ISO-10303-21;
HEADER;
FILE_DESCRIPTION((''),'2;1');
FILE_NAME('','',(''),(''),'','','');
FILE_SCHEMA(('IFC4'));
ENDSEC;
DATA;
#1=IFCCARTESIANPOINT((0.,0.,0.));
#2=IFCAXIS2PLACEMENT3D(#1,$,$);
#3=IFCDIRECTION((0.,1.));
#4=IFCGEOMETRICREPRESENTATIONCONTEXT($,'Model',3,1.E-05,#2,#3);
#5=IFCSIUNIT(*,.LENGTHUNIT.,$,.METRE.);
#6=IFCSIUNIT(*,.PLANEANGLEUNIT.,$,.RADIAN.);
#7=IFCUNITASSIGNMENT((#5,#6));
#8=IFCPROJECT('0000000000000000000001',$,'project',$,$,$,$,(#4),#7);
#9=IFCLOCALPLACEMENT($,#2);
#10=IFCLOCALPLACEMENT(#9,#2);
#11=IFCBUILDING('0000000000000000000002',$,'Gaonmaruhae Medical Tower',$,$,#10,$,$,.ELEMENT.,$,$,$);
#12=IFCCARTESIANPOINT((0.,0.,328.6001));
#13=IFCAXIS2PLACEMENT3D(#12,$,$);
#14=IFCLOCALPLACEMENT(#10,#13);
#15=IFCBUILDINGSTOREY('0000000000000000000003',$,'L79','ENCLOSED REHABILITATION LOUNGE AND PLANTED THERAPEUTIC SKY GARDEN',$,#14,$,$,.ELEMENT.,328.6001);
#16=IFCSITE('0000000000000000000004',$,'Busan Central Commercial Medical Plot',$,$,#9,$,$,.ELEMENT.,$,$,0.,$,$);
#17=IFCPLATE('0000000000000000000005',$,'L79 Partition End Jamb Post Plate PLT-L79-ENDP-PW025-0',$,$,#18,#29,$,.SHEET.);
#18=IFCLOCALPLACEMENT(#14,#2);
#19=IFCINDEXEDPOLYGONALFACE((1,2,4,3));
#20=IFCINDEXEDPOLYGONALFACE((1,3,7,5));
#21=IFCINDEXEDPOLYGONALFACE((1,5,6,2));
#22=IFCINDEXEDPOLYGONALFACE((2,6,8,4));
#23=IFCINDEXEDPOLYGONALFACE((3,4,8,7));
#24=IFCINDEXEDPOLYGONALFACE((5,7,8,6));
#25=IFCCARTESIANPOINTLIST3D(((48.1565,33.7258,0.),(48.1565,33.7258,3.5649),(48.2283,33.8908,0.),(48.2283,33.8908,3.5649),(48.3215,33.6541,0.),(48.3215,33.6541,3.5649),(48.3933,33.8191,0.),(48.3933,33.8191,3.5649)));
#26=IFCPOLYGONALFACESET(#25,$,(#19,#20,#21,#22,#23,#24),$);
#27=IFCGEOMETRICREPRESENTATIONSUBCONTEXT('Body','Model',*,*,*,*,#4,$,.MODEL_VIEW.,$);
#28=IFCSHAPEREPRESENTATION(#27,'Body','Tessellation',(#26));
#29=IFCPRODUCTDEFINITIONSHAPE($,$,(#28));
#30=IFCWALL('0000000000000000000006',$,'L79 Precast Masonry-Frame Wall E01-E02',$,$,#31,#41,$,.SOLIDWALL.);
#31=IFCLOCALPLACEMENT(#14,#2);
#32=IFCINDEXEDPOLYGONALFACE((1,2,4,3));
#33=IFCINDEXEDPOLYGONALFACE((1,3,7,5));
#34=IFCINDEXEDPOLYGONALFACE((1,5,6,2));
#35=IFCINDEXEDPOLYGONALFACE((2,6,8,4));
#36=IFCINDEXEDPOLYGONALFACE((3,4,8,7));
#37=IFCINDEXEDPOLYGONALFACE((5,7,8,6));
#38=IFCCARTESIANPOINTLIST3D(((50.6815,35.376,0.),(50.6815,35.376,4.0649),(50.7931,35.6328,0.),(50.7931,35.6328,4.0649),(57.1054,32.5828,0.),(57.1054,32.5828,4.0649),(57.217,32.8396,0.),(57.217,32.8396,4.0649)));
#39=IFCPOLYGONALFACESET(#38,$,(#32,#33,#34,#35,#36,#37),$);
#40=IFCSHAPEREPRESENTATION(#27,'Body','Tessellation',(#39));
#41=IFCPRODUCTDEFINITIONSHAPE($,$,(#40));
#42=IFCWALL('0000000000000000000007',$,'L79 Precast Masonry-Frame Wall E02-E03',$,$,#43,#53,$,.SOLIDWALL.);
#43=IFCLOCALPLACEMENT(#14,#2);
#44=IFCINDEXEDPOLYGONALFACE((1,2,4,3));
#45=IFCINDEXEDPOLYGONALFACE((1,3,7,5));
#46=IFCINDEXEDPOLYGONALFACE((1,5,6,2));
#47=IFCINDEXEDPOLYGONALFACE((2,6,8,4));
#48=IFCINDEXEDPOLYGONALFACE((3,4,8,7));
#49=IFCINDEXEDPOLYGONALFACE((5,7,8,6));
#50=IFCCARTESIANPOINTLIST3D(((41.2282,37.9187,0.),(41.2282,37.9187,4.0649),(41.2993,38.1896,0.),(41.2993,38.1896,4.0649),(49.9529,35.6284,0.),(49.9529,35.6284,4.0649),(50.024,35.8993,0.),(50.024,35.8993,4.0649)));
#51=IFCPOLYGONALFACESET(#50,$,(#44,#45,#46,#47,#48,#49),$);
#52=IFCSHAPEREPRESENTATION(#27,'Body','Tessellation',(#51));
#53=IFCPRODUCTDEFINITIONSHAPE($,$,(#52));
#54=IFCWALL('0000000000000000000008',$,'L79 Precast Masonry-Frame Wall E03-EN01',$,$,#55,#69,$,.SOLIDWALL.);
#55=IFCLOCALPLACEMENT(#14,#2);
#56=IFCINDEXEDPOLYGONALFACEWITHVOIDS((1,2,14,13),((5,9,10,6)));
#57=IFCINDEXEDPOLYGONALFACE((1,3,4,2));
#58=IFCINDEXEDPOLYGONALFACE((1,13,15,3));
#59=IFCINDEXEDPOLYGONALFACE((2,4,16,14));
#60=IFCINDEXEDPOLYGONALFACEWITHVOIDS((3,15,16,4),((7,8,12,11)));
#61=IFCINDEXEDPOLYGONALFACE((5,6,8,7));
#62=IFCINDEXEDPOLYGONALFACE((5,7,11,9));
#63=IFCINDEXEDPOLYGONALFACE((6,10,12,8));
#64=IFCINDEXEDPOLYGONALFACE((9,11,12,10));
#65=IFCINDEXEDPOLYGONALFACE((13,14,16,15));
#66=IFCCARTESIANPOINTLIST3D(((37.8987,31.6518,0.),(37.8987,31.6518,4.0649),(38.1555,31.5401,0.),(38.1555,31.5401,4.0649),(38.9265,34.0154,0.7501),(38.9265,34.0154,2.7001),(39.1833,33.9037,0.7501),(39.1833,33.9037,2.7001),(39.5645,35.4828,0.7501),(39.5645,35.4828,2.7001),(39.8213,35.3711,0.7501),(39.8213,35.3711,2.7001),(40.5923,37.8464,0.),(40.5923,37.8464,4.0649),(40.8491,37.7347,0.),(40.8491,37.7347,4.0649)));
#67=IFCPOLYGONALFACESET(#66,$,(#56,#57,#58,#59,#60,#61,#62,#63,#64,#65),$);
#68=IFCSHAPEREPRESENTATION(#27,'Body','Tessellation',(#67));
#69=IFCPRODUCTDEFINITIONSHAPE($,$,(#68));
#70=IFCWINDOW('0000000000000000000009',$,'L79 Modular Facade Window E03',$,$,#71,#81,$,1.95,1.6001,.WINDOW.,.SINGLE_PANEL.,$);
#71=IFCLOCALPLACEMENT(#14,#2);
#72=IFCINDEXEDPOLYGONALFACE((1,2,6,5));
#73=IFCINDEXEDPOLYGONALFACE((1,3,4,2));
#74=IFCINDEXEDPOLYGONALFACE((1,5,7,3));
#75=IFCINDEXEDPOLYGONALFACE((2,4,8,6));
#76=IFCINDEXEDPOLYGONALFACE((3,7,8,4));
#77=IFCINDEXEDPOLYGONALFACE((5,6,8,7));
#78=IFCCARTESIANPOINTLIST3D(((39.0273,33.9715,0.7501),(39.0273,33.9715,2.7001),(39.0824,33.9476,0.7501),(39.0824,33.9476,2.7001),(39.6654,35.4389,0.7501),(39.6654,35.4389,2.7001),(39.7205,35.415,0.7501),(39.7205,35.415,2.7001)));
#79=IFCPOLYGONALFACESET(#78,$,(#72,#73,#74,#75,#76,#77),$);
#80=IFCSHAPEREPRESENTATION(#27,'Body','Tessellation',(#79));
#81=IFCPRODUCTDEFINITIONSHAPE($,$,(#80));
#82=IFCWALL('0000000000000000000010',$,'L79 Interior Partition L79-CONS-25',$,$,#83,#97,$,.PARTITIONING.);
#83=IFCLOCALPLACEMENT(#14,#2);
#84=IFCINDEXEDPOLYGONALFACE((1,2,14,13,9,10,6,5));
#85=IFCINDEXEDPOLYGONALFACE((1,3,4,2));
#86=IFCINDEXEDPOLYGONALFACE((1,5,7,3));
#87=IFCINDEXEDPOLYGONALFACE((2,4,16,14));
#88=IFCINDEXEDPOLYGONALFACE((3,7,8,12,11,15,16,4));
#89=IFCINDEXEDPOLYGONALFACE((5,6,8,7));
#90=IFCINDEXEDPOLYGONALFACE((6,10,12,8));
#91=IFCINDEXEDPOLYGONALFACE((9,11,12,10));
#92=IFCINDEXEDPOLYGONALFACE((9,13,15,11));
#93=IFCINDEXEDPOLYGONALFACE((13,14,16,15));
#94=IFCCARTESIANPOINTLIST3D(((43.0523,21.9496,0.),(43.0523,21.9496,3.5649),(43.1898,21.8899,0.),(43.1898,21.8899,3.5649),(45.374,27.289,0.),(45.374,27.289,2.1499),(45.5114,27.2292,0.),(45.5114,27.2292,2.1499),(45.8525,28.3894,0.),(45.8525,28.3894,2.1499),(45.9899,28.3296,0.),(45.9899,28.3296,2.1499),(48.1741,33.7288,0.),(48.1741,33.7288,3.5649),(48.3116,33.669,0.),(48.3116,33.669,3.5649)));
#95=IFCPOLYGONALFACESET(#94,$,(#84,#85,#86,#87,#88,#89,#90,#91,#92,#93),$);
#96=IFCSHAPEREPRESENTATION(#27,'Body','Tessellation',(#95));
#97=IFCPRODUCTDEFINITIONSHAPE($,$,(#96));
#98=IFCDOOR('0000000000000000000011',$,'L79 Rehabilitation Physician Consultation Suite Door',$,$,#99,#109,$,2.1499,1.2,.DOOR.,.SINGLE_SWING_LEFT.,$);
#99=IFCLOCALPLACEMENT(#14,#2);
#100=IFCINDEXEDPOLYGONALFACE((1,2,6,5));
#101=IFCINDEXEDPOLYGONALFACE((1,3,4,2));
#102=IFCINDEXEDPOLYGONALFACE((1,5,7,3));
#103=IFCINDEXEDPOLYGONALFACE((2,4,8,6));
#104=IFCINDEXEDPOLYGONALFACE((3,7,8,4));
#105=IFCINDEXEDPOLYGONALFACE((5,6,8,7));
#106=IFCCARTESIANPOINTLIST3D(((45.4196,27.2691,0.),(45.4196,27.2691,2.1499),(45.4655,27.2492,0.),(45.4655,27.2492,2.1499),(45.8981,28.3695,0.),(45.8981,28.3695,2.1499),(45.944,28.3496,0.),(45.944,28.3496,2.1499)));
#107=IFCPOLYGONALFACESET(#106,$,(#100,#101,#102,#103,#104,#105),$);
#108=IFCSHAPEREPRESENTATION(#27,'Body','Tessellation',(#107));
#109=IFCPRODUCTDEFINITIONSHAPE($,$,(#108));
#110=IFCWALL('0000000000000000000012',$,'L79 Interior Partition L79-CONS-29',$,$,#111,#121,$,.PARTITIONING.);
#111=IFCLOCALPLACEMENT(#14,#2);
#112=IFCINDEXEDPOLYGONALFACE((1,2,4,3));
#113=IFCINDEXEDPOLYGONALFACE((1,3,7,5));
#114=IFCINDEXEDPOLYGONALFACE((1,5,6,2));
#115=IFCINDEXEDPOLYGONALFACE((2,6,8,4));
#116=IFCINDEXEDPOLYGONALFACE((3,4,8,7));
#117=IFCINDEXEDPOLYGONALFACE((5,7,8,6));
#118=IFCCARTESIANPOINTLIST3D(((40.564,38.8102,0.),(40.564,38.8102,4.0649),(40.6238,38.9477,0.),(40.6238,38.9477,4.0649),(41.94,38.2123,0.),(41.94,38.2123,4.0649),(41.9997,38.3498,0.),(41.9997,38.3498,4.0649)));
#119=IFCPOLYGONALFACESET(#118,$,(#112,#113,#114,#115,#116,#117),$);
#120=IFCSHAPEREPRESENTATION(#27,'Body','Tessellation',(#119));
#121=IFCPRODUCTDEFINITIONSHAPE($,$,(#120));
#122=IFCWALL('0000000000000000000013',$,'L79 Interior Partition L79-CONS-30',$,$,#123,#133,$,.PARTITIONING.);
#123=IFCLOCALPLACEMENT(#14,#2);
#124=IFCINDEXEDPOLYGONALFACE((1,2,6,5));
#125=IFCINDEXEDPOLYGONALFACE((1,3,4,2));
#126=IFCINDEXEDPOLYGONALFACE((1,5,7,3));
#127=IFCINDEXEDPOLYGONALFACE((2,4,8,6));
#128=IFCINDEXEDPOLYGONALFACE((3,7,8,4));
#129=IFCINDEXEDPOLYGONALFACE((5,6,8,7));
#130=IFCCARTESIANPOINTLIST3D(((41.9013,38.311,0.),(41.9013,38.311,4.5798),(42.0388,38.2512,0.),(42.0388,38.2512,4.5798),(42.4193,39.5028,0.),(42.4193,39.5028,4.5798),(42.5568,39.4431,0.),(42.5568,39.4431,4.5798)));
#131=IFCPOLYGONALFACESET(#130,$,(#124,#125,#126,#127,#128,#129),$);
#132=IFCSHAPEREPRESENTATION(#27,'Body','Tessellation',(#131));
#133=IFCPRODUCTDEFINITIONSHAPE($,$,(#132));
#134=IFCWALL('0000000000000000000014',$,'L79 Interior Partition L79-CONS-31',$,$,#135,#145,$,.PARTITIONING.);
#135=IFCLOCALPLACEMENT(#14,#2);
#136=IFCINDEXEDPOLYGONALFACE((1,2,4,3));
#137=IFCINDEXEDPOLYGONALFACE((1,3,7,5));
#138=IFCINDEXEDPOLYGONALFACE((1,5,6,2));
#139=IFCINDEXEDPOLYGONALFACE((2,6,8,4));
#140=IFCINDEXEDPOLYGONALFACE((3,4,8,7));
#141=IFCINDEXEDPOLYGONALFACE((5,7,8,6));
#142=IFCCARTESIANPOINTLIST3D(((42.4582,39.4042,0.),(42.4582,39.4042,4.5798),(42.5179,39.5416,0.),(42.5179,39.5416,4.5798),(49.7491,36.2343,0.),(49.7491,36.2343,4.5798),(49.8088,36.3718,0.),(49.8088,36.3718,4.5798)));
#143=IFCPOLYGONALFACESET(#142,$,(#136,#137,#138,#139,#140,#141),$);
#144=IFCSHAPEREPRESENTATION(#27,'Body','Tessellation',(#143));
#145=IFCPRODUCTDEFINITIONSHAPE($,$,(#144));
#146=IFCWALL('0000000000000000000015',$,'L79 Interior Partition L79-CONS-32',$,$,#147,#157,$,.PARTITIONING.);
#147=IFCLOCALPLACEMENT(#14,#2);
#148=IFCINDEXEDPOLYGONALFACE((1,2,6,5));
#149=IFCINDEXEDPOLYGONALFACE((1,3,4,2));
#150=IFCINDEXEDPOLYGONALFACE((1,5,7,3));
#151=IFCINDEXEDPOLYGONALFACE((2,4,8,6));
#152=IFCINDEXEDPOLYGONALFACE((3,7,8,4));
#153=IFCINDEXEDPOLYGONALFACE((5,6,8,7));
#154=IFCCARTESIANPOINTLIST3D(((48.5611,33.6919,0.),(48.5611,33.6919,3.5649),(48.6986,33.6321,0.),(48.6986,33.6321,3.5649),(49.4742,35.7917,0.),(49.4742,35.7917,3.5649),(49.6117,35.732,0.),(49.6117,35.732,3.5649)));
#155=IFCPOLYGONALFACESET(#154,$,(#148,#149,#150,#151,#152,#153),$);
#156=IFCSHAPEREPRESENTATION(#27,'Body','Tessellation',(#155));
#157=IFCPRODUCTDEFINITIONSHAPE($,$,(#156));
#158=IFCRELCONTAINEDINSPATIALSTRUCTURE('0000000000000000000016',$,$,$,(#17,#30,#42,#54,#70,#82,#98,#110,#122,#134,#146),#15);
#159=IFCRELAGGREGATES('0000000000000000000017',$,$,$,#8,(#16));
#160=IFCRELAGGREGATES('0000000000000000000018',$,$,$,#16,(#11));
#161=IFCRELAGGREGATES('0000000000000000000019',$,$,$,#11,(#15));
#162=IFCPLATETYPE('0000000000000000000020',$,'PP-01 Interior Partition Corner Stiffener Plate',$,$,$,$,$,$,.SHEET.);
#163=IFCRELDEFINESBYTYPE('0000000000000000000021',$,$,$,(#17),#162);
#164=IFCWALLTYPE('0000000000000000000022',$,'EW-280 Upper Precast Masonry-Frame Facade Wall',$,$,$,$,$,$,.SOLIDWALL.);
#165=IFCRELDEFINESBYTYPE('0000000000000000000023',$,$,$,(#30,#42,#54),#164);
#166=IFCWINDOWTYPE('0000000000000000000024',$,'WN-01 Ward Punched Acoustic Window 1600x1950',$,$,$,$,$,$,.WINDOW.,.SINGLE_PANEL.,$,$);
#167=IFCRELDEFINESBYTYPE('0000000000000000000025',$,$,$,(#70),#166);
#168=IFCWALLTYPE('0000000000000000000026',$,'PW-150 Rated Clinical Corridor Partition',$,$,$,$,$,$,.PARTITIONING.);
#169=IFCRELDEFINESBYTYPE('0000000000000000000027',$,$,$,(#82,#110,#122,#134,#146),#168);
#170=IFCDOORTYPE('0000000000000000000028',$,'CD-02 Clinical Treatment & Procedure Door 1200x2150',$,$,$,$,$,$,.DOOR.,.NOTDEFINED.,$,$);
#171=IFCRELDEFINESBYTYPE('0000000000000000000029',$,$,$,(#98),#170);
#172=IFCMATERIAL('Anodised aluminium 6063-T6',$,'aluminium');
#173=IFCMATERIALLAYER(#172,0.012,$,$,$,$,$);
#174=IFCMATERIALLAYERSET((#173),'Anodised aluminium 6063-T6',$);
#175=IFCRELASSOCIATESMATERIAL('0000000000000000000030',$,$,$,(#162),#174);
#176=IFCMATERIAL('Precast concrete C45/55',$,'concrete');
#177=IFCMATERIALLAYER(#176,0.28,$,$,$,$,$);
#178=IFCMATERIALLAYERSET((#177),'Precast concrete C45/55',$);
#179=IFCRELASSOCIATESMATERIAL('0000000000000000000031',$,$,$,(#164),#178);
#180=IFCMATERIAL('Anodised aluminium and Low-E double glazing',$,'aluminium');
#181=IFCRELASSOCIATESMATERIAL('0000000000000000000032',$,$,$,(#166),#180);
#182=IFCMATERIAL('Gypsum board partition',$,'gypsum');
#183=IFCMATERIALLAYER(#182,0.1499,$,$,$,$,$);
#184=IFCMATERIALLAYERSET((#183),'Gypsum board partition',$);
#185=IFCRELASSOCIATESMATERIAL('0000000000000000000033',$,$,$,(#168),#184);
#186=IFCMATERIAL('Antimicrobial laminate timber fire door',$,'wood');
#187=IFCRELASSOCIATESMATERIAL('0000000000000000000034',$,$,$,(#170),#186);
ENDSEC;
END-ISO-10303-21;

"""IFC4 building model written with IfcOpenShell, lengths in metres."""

from ifc_helpers import new_model, si_unit, direction, frame, frame_2d, origin, origin_2d, place, context, subcontext, project, spatial, rectangle, extrude, material, layer, layer_set, type_object, element, fill, save


model = new_model("IFC4")

# Units and contexts
model_context = context("Model", 3, precision=1e-05, world=origin(), true_north=direction((0.0, 1.0)))
body_context = subcontext(model_context, "Body", "Model", "MODEL_VIEW")
ifc_project = project(units=[si_unit("LENGTHUNIT", "METRE"), si_unit("PLANEANGLEUNIT", "RADIAN")], contexts=[model_context])

# Site, building, storey
site_placement = place(None, origin())
site = spatial("IfcSite", under=ifc_project, at=site_placement, Name="Busan Central Commercial Medical Plot", CompositionType="ELEMENT", RefElevation=0.0)
building_placement = place(site_placement, origin())
building = spatial("IfcBuilding", under=site, at=building_placement, Name="Gaonmaruhae Medical Tower", CompositionType="ELEMENT")
storey_placement = place(building_placement, frame((0.0, 0.0, 328.6001)))
storey = spatial("IfcBuildingStorey", under=building, at=storey_placement, Name="L79", Description="ENCLOSED REHABILITATION LOUNGE AND PLANTED THERAPEUTIC SKY GARDEN", CompositionType="ELEMENT", Elevation=328.6001)

# Plate
ifc_material_1 = material(Name="Anodised aluminium 6063-T6", Category="aluminium")
ifc_layer_1 = layer(ifc_material_1, 0.012)
ifc_layer_set_1 = layer_set([ifc_layer_1], Name="Anodised aluminium 6063-T6")
plate_type_1 = type_object("IfcPlateType", Name="PP-01 Interior Partition Corner Stiffener Plate", PredefinedType="SHEET", material=ifc_layer_set_1)
plate_1_placement = place(storey_placement, frame((48.2749, 33.7725, 0.0), z_axis=(0.0, 0.0, 1.0), x_axis=(-0.398765, -0.917053, 0.0)))
element("IfcPlate", 1, at=plate_1_placement, inside=storey, type_object=plate_type_1, Name="L79 Partition End Jamb Post Plate PLT-L79-ENDP-PW025-0", PredefinedType="SHEET", context=body_context, shape_type="SweptSolid", body=[
    extrude(rectangle(XDim=0.1799, YDim=0.1799, at=origin_2d()), origin(), (0.0, 0.0, 1.0), 3.5649),
])

# Walls
ifc_material_2 = material(Name="Precast concrete C45/55", Category="concrete")
ifc_layer_2 = layer(ifc_material_2, 0.28)
ifc_layer_set_2 = layer_set([ifc_layer_2], Name="Precast concrete C45/55")
wall_type_1 = type_object("IfcWallType", Name="EW-280 Upper Precast Masonry-Frame Facade Wall", PredefinedType="SOLIDWALL", material=ifc_layer_set_2)
wall_1_placement = place(storey_placement, frame((50.7373, 35.5044, 0.0), z_axis=(0.0, 0.0, 1.0), x_axis=(0.917057, -0.398755, 0.0)))
element("IfcWall", 2, at=wall_1_placement, inside=storey, type_object=wall_type_1, Name="L79 Precast Masonry-Frame Wall E01-E02", PredefinedType="SOLIDWALL", context=body_context, shape_type="SweptSolid", body=[
    extrude(rectangle(XDim=7.0049, YDim=0.28, at=frame_2d((3.5024, 0.0))), origin(), (0.0, 0.0, 1.0), 4.0649),
])
wall_2_placement = place(storey_placement, frame((41.2637, 38.0542, 0.0), z_axis=(0.0, 0.0, 1.0), x_axis=(0.967229, -0.253906, 0.0)))
element("IfcWall", 3, at=wall_2_placement, inside=storey, type_object=wall_type_1, Name="L79 Precast Masonry-Frame Wall E02-E03", PredefinedType="SOLIDWALL", context=body_context, shape_type="SweptSolid", body=[
    extrude(rectangle(XDim=9.0203, YDim=0.28, at=frame_2d((4.5103, 0.0))), origin(), (0.0, 0.0, 1.0), 4.0649),
])

# Wall, opening, window
wall_3_placement = place(storey_placement, frame((38.0271, 31.5959, 0.0), z_axis=(0.0, 0.0, 1.0), x_axis=(0.398764, 0.917053, 0.0)))
wall_3 = element("IfcWall", 4, at=wall_3_placement, inside=storey, type_object=wall_type_1, Name="L79 Precast Masonry-Frame Wall E03-EN01", PredefinedType="SOLIDWALL", context=body_context, shape_type="SweptSolid", body=[
    extrude(rectangle(XDim=6.7549, YDim=0.28, at=frame_2d((3.3774, 0.0))), origin(), (0.0, 0.0, 1.0), 4.0649),
])
opening_1_placement = place(wall_3_placement, frame((2.5774, 0.0, 0.75)))
opening_1 = element("IfcOpeningElement", 5, at=opening_1_placement, cuts=wall_3, PredefinedType="OPENING", context=body_context, shape_type="SweptSolid", body=[
    extrude(rectangle(XDim=1.6001, YDim=1.95, at=frame_2d((0.8, 0.9751))), frame((0.0, 0.1499, 0.0), z_axis=(0.0, -1.0, 0.0), x_axis=(1.0, 0.0, 0.0)), (0.0, 0.0, 1.0), 0.3),
])
ifc_material_3 = material(Name="Anodised aluminium and Low-E double glazing", Category="aluminium")
window_type = type_object("IfcWindowType", Name="WN-01 Ward Punched Acoustic Window 1600x1950", PartitioningType="SINGLE_PANEL", PredefinedType="WINDOW", material=ifc_material_3)
window_placement = place(opening_1_placement, origin())
window = element("IfcWindow", 6, at=window_placement, inside=storey, type_object=window_type, Name="L79 Modular Facade Window E03", OverallHeight=1.95, OverallWidth=1.6001, PartitioningType="SINGLE_PANEL", PredefinedType="WINDOW", context=body_context, shape_type="SweptSolid", body=[
    extrude(rectangle(XDim=1.6001, YDim=1.95, at=frame_2d((0.8, 0.9751))), frame((0.0, 0.03, 0.0), z_axis=(0.0, -1.0, 0.0), x_axis=(1.0, 0.0, 0.0)), (0.0, 0.0, 1.0), 0.0601),
])
fill(opening_1, window)

# Wall, opening, door
ifc_material_4 = material(Name="Gypsum board partition", Category="gypsum")
ifc_layer_3 = layer(ifc_material_4, 0.1499)
ifc_layer_set_3 = layer_set([ifc_layer_3], Name="Gypsum board partition")
wall_type_2 = type_object("IfcWallType", Name="PW-150 Rated Clinical Corridor Partition", PredefinedType="PARTITIONING", material=ifc_layer_set_3)
wall_4_placement = place(storey_placement, frame((48.2429, 33.699, 0.0), z_axis=(0.0, 0.0, 1.0), x_axis=(-0.398759, -0.917056, 0.0)))
wall_4 = element("IfcWall", 7, at=wall_4_placement, inside=storey, type_object=wall_type_2, Name="L79 Interior Partition L79-CONS-25", PredefinedType="PARTITIONING", context=body_context, shape_type="SweptSolid", body=[
    extrude(rectangle(XDim=12.8445, YDim=0.1499, at=frame_2d((6.4224, 0.0))), origin(), (0.0, 0.0, 1.0), 3.5649),
])
opening_2_placement = place(wall_4_placement, frame((5.8223, 0.0, 0.0)))
opening_2 = element("IfcOpeningElement", 8, at=opening_2_placement, cuts=wall_4, PredefinedType="OPENING", context=body_context, shape_type="SweptSolid", body=[
    extrude(rectangle(XDim=1.2, YDim=2.1499, at=frame_2d((0.6001, 1.075))), frame((0.0, 0.085, 0.0), z_axis=(0.0, -1.0, 0.0), x_axis=(1.0, 0.0, 0.0)), (0.0, 0.0, 1.0), 0.1699),
])
ifc_material_5 = material(Name="Antimicrobial laminate timber fire door", Category="wood")
door_type = type_object("IfcDoorType", Name="CD-02 Clinical Treatment & Procedure Door 1200x2150", OperationType="NOTDEFINED", PredefinedType="DOOR", material=ifc_material_5)
door_placement = place(opening_2_placement, origin())
door = element("IfcDoor", 9, at=door_placement, inside=storey, type_object=door_type, Name="L79 Rehabilitation Physician Consultation Suite Door", OperationType="SINGLE_SWING_LEFT", OverallHeight=2.1499, OverallWidth=1.2, PredefinedType="DOOR", context=body_context, shape_type="SweptSolid", body=[
    extrude(rectangle(XDim=1.2, YDim=2.1499, at=frame_2d((0.6001, 1.075))), frame((0.0, 0.0249, 0.0), z_axis=(0.0, -1.0, 0.0), x_axis=(1.0, 0.0, 0.0)), (0.0, 0.0, 1.0), 0.05),
])
fill(opening_2, door)

# Walls
wall_5_placement = place(storey_placement, frame((40.594, 38.8789, 0.0), z_axis=(0.0, 0.0, 1.0), x_axis=(0.917155, -0.39853, 0.0)))
element("IfcWall", 10, at=wall_5_placement, inside=storey, type_object=wall_type_2, Name="L79 Interior Partition L79-CONS-29", PredefinedType="PARTITIONING", context=body_context, shape_type="SweptSolid", body=[
    extrude(rectangle(XDim=1.5002, YDim=0.1499, at=frame_2d((0.75, 0.0))), origin(), (0.0, 0.0, 1.0), 4.0649),
])
wall_6_placement = place(storey_placement, frame((41.97, 38.281, 0.0), z_axis=(0.0, 0.0, 1.0), x_axis=(0.39863, 0.917112, 0.0)))
element("IfcWall", 11, at=wall_6_placement, inside=storey, type_object=wall_type_2, Name="L79 Interior Partition L79-CONS-30", PredefinedType="PARTITIONING", context=body_context, shape_type="SweptSolid", body=[
    extrude(rectangle(XDim=1.2996, YDim=0.1499, at=frame_2d((0.6499, 0.0))), origin(), (0.0, 0.0, 1.0), 4.5798),
])
wall_7_placement = place(storey_placement, frame((42.488, 39.4729, 0.0), z_axis=(0.0, 0.0, 1.0), x_axis=(0.917074, -0.398717, 0.0)))
element("IfcWall", 12, at=wall_7_placement, inside=storey, type_object=wall_type_2, Name="L79 Interior Partition L79-CONS-31", PredefinedType="PARTITIONING", context=body_context, shape_type="SweptSolid", body=[
    extrude(rectangle(XDim=7.9502, YDim=0.1499, at=frame_2d((3.9751, 0.0))), origin(), (0.0, 0.0, 1.0), 4.5798),
])
wall_8_placement = place(storey_placement, frame((49.543, 35.762, 0.0), z_axis=(0.0, 0.0, 1.0), x_axis=(-0.398765, -0.917053, 0.0)))
element("IfcWall", 13, at=wall_8_placement, inside=storey, type_object=wall_type_2, Name="L79 Interior Partition L79-CONS-32", PredefinedType="PARTITIONING", context=body_context, shape_type="SweptSolid", body=[
    extrude(rectangle(XDim=2.2898, YDim=0.1499, at=frame_2d((1.145, 0.0))), origin(), (0.0, 0.0, 1.0), 3.5649),
])

save(model, "model.ifc")
